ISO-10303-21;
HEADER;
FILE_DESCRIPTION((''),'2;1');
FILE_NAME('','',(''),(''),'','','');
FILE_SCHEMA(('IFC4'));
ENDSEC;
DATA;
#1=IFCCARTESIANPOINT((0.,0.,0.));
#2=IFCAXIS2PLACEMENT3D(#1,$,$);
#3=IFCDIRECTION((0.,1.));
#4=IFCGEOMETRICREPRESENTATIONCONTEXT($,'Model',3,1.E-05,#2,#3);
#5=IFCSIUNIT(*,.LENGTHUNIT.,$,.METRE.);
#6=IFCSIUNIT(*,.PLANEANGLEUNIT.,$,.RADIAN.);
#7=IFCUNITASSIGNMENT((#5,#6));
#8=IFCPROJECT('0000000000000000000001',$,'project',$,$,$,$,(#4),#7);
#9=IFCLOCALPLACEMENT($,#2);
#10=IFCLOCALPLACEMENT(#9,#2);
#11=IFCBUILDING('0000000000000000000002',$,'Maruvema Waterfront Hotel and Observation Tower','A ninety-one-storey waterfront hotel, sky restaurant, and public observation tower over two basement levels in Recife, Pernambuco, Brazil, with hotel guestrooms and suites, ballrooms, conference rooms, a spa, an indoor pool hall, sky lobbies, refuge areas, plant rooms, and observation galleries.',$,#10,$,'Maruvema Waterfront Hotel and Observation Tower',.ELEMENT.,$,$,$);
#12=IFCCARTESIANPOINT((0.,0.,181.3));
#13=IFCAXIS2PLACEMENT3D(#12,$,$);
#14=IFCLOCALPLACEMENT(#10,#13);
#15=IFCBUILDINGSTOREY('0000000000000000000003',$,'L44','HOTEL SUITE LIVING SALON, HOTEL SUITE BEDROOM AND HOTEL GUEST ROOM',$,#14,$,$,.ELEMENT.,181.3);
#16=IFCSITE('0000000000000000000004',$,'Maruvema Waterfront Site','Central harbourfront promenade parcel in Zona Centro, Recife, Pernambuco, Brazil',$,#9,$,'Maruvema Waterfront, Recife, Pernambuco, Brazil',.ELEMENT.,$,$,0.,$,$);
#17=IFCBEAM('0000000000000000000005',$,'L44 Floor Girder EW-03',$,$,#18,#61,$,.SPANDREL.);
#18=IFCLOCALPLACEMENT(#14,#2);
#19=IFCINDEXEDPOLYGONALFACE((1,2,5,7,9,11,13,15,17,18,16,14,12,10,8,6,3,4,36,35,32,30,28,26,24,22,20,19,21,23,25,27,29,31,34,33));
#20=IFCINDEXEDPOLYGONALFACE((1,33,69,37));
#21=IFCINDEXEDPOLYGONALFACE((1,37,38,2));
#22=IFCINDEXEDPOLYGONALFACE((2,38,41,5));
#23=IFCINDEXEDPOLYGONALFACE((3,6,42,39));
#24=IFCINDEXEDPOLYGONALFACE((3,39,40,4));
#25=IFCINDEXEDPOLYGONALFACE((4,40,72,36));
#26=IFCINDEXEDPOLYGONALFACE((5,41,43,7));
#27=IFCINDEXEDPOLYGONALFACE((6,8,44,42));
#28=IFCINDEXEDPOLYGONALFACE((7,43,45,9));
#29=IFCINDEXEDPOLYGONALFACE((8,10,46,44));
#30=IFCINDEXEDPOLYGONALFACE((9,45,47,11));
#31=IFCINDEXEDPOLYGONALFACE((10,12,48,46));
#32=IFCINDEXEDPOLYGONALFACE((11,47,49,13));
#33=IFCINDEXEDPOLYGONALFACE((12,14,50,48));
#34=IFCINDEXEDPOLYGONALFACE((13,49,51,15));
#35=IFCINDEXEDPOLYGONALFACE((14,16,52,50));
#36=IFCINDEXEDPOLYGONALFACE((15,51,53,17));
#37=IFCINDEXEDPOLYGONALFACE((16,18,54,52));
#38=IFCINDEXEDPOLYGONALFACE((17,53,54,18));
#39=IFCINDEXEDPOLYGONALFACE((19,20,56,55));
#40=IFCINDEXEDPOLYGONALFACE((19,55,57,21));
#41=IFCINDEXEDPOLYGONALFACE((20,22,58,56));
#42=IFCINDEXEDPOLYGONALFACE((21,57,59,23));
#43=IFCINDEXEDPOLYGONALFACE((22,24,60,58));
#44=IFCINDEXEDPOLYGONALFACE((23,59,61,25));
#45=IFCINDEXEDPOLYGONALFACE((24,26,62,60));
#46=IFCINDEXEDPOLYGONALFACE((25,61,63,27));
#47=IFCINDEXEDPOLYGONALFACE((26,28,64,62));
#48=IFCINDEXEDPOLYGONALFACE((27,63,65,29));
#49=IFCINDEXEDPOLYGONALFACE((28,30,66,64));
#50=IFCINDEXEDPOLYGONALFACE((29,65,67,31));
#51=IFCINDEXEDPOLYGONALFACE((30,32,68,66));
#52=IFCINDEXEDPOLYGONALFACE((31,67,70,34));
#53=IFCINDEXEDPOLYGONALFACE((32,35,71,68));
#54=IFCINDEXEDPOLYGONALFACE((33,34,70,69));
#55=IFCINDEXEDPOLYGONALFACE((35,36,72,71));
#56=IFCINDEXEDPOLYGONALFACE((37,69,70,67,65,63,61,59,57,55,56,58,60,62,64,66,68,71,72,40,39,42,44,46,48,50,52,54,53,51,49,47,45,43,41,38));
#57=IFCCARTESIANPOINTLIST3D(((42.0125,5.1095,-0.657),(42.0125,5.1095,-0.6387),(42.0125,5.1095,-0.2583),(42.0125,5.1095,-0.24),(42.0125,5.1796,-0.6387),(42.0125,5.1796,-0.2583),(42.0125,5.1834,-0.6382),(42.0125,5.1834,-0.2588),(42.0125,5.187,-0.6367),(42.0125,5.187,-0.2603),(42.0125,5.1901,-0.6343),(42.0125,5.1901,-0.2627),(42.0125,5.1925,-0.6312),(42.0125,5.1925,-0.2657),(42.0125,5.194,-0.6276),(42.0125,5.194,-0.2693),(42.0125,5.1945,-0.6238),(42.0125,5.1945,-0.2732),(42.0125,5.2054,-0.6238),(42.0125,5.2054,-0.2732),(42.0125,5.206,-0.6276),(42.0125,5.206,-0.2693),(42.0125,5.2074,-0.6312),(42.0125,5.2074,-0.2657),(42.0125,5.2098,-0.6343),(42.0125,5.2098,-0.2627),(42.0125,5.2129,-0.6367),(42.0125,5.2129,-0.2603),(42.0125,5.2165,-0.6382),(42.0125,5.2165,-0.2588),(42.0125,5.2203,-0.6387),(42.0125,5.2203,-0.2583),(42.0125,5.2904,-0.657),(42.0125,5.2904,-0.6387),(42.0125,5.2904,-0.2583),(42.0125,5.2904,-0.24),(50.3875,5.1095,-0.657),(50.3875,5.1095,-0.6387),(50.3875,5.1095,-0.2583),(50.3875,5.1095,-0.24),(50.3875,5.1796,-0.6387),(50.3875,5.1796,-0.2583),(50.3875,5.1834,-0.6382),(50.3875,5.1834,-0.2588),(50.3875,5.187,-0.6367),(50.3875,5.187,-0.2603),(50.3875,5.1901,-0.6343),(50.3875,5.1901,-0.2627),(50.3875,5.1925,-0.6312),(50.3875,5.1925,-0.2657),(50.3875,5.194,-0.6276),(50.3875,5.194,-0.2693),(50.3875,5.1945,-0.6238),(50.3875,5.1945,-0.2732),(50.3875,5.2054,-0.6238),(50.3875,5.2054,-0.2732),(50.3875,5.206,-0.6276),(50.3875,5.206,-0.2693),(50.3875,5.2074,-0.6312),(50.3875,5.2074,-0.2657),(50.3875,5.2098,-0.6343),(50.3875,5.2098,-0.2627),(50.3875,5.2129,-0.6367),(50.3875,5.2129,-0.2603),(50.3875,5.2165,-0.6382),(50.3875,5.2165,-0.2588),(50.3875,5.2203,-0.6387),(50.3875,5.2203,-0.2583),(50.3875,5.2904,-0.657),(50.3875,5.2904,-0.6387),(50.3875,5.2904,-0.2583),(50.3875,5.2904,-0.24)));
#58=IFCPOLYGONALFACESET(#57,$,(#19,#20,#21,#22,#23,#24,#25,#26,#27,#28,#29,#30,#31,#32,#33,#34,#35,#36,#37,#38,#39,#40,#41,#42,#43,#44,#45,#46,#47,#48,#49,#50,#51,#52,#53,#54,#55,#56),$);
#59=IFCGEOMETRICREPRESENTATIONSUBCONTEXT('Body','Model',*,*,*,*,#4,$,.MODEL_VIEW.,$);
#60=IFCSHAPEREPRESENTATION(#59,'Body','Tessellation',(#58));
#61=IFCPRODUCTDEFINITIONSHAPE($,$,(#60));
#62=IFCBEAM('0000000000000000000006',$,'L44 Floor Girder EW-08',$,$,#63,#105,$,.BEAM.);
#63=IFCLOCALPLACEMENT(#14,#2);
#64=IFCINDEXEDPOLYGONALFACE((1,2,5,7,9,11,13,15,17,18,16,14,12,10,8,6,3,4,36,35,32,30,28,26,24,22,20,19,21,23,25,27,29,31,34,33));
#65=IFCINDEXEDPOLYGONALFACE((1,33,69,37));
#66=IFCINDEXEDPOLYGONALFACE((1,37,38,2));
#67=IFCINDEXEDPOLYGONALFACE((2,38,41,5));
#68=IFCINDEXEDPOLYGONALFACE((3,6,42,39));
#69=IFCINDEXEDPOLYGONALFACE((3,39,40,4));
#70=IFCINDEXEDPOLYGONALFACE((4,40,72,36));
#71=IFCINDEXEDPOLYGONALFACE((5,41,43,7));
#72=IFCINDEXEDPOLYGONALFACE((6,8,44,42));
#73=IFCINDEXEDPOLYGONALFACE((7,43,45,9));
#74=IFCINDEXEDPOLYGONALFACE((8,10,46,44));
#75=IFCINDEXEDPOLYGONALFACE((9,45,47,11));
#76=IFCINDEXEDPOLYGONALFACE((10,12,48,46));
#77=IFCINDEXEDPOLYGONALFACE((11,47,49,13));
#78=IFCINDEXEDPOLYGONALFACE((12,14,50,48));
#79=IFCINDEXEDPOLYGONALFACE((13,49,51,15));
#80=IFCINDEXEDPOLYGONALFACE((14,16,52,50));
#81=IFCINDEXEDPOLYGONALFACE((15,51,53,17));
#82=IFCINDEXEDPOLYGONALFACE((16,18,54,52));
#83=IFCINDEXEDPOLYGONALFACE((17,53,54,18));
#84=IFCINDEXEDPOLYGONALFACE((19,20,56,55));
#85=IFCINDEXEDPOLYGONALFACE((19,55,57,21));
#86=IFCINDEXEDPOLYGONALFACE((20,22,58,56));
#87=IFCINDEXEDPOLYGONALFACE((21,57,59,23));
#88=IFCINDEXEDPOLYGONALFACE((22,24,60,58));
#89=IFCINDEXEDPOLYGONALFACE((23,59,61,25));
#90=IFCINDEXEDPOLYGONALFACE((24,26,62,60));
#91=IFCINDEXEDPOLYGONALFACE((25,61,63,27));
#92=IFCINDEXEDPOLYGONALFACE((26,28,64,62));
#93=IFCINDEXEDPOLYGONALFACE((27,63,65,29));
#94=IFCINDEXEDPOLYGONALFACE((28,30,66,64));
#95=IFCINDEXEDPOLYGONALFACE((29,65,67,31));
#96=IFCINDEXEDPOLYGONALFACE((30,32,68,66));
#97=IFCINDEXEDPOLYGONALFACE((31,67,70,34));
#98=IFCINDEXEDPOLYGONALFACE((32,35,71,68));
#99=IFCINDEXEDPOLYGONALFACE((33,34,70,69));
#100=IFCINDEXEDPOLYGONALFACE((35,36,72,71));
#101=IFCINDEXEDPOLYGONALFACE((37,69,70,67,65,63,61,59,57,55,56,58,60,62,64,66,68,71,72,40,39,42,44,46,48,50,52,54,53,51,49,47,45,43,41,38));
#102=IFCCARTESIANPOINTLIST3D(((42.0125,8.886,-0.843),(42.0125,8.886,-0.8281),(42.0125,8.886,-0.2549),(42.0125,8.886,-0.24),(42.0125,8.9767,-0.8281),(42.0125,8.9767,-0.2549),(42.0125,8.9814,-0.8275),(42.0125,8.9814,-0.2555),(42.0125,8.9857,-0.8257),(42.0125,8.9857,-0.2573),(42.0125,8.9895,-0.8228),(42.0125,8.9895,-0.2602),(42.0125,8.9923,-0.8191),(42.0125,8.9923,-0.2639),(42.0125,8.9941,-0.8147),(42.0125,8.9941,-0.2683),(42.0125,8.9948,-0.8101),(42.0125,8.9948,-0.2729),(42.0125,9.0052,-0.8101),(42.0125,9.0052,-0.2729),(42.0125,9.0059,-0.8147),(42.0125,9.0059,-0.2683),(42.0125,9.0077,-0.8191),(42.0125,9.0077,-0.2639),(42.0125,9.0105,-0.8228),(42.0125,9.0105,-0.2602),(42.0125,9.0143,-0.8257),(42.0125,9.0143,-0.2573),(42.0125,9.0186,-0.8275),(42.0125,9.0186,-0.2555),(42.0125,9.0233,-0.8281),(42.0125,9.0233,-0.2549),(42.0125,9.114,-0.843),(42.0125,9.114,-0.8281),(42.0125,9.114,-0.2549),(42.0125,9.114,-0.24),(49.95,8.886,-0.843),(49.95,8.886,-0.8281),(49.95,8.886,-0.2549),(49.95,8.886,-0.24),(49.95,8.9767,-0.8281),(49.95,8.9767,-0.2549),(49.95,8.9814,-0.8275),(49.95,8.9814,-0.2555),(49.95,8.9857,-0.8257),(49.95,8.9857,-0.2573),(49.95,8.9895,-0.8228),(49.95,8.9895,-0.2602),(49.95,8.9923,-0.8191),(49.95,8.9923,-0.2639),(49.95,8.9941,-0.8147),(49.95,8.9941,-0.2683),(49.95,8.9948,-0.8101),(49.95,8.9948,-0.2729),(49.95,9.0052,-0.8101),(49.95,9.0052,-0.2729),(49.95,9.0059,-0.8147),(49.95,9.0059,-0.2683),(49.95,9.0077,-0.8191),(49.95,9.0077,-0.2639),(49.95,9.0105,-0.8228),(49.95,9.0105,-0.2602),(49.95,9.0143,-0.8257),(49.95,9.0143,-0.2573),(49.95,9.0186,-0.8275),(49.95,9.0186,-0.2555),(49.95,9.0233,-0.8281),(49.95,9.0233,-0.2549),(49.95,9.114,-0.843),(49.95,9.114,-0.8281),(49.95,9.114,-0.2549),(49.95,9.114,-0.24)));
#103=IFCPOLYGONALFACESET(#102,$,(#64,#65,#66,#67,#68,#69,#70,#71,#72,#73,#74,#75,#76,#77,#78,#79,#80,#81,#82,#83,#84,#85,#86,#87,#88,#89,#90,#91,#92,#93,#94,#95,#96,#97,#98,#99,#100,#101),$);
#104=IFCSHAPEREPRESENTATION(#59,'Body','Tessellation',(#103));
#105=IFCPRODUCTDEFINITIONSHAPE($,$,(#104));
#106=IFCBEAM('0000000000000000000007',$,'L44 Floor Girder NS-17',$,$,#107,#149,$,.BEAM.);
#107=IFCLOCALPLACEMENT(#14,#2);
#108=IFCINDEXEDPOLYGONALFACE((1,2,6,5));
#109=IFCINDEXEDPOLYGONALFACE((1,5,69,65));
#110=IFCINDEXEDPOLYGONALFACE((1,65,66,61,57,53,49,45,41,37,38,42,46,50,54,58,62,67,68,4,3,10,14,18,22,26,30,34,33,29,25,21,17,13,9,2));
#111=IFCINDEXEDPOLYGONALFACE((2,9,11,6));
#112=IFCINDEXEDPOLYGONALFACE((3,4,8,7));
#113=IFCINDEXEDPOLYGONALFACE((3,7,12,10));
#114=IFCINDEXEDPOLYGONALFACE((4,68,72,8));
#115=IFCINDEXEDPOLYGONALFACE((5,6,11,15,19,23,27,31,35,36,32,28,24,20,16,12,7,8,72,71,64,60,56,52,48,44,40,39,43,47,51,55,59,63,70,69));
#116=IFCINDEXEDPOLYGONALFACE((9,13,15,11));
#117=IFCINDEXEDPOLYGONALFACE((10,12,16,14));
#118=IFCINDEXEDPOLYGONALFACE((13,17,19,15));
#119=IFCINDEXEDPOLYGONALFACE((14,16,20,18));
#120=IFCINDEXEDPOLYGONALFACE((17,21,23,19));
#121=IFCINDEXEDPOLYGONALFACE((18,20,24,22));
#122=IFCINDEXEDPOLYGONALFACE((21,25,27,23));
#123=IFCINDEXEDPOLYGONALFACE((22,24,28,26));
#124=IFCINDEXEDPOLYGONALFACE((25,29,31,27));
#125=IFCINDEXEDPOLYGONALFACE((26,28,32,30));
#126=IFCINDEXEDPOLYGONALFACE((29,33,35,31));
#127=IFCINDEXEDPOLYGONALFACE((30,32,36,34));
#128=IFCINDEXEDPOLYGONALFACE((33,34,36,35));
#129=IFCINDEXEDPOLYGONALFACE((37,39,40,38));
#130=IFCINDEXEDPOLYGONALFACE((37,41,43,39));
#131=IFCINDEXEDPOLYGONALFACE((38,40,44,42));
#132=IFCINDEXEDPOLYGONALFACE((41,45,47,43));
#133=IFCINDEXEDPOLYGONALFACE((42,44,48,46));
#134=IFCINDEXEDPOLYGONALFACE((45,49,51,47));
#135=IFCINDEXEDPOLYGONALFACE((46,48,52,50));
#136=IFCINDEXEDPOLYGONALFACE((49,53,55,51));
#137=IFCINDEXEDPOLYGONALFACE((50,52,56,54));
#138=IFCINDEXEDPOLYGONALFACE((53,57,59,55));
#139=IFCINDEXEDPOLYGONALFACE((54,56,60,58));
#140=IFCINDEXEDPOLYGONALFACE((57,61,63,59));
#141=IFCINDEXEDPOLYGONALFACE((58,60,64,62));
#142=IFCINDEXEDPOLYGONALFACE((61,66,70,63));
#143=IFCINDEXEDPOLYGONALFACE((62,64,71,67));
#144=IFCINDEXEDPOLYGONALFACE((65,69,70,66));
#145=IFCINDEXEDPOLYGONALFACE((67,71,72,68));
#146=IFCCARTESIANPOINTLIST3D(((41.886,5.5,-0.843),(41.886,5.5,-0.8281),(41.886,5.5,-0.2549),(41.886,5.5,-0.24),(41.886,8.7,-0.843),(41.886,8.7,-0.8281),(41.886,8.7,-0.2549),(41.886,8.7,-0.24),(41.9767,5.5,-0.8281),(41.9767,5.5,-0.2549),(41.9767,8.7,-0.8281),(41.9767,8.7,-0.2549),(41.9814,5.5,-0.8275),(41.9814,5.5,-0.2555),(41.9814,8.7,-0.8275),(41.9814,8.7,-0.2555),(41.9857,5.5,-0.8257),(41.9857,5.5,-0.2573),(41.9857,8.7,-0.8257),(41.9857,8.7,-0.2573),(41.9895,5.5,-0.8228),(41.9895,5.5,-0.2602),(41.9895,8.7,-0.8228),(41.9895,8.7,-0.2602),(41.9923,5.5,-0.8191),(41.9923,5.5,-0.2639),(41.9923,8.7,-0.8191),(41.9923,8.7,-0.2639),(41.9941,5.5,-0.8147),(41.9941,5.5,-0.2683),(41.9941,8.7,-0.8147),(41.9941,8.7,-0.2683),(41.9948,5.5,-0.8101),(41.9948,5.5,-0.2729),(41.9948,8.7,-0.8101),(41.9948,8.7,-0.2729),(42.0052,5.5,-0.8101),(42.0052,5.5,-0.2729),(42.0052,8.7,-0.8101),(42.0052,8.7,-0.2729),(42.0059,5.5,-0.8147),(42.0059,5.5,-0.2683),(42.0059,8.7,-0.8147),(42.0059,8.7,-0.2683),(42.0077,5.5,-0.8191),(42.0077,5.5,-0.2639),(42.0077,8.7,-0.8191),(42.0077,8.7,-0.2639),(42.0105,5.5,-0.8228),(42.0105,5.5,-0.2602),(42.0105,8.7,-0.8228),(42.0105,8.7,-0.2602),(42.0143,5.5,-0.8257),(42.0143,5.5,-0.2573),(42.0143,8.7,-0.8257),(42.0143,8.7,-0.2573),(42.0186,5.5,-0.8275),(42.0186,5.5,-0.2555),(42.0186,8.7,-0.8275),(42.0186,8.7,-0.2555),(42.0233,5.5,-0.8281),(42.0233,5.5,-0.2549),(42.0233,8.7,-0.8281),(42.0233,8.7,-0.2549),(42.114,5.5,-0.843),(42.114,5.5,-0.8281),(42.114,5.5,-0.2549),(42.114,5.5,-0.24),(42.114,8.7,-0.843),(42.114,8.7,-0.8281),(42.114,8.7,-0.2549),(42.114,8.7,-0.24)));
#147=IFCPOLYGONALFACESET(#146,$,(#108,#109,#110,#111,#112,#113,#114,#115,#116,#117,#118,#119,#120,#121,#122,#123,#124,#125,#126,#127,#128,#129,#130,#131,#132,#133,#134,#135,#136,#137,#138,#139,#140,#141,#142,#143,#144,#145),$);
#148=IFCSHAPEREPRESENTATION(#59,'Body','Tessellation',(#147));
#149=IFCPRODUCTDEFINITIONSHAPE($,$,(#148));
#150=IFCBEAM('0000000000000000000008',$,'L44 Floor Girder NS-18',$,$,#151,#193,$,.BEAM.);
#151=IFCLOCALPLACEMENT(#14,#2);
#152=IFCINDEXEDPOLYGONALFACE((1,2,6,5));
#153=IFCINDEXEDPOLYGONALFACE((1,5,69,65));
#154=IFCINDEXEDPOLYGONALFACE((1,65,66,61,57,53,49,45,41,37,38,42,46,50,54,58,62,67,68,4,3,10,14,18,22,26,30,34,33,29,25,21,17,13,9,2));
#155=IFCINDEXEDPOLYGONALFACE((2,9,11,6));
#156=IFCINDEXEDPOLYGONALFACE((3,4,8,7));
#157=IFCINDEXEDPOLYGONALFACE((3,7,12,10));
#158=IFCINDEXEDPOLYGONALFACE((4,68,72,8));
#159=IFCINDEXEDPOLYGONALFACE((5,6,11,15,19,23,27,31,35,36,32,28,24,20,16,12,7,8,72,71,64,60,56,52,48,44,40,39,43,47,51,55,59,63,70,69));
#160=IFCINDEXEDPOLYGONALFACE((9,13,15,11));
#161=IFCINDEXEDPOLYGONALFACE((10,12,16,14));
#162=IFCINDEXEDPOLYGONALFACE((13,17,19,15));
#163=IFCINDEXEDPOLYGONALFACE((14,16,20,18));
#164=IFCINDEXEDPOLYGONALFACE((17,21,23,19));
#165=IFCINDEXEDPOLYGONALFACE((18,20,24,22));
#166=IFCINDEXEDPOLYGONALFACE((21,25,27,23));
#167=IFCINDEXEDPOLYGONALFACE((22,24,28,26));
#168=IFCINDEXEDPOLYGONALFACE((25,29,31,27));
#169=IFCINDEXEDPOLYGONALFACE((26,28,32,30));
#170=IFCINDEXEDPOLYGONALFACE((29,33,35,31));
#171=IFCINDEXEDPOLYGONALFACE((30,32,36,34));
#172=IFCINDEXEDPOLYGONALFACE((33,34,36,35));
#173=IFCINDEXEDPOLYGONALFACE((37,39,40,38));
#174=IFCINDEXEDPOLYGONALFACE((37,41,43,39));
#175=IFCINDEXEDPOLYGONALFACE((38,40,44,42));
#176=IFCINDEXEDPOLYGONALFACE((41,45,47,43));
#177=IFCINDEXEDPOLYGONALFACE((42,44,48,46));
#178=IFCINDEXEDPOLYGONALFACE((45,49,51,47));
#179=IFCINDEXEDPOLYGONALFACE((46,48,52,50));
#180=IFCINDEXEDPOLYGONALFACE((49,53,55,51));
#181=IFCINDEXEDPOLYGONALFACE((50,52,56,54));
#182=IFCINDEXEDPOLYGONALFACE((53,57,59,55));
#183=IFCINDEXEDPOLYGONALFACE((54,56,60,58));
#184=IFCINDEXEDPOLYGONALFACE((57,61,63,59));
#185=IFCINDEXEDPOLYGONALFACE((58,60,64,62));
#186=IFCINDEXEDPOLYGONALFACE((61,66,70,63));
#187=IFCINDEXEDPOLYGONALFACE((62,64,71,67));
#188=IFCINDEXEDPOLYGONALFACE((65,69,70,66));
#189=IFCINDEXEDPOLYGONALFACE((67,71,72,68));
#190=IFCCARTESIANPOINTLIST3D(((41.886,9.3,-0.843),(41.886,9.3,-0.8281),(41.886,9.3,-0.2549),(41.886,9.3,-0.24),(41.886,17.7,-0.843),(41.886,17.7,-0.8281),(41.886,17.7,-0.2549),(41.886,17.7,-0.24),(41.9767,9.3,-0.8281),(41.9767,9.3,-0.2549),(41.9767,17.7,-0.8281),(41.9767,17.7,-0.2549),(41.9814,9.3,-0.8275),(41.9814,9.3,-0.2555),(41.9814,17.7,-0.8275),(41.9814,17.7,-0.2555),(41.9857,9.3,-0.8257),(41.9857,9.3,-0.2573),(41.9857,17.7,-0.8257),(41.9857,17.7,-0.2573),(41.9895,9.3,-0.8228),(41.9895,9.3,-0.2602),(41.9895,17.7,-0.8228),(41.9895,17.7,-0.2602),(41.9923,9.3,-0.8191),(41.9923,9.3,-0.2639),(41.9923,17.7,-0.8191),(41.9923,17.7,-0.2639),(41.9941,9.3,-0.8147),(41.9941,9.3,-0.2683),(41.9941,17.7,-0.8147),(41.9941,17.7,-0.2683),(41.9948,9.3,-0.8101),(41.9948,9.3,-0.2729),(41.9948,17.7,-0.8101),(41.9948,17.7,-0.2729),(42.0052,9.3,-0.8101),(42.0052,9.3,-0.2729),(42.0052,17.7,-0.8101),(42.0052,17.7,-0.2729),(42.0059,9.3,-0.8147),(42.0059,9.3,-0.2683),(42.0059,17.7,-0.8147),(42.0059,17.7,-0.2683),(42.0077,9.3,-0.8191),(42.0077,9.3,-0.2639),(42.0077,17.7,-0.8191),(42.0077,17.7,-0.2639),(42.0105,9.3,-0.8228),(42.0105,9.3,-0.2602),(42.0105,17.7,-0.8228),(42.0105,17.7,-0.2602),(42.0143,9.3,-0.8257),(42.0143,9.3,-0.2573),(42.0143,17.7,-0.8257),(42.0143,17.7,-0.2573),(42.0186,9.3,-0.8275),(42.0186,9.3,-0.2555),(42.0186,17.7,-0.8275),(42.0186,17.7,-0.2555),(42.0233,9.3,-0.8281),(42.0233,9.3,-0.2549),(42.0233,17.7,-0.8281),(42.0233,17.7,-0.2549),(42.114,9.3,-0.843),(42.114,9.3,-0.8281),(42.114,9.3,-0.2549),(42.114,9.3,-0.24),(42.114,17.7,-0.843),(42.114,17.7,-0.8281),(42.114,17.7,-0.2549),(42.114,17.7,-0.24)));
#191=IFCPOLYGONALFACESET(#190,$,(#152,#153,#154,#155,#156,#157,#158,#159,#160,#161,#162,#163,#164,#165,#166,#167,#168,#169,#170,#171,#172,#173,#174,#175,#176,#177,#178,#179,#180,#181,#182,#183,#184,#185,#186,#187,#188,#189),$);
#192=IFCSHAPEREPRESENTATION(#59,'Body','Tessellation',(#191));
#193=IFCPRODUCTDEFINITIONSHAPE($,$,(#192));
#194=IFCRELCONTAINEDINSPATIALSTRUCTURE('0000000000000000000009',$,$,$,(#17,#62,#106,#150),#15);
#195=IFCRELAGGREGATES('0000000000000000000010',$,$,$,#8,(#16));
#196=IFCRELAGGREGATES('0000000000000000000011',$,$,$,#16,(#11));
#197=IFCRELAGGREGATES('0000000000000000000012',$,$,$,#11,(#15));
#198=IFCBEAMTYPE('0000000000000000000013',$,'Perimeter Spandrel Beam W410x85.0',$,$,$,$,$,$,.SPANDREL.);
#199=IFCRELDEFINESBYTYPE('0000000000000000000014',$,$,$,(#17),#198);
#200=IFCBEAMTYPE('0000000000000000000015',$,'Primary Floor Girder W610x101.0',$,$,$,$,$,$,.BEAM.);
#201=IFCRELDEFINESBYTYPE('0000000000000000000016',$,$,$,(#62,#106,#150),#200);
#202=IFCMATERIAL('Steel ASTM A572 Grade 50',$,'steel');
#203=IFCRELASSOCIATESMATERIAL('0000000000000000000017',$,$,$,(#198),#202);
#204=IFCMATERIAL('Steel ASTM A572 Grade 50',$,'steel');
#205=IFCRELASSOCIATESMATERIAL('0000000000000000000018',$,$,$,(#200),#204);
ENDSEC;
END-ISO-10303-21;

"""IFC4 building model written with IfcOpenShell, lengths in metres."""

from ifc_helpers import new_model, si_unit, direction, frame, origin, origin_2d, place, context, subcontext, project, spatial, i_section, extrude, material, material_profile, profile_set, type_object, element, save


model = new_model("IFC4")

# Units and contexts
model_context = context("Model", 3, precision=1e-05, world=origin(), true_north=direction((0.0, 1.0)))
body_context = subcontext(model_context, "Body", "Model", "MODEL_VIEW")
ifc_project = project(units=[si_unit("LENGTHUNIT", "METRE"), si_unit("PLANEANGLEUNIT", "RADIAN")], contexts=[model_context])

# Site, building, storey
site_placement = place(None, origin())
site = spatial("IfcSite", under=ifc_project, at=site_placement, Name="Maruvema Waterfront Site", Description="Central harbourfront promenade parcel in Zona Centro, Recife, Pernambuco, Brazil", LongName="Maruvema Waterfront, Recife, Pernambuco, Brazil", CompositionType="ELEMENT", RefElevation=0.0)
building_placement = place(site_placement, origin())
building = spatial("IfcBuilding", under=site, at=building_placement, Name="Maruvema Waterfront Hotel and Observation Tower", Description="A ninety-one-storey waterfront hotel, sky restaurant, and public observation tower over two basement levels in Recife, Pernambuco, Brazil, with hotel guestrooms and suites, ballrooms, conference rooms, a spa, an indoor pool hall, sky lobbies, refuge areas, plant rooms, and observation galleries.", LongName="Maruvema Waterfront Hotel and Observation Tower", CompositionType="ELEMENT")
storey_placement = place(building_placement, frame((0.0, 0.0, 181.3)))
storey = spatial("IfcBuildingStorey", under=building, at=storey_placement, Name="L44", Description="HOTEL SUITE LIVING SALON, HOTEL SUITE BEDROOM AND HOTEL GUEST ROOM", CompositionType="ELEMENT", Elevation=181.3)

# Beams
ifc_material_1 = material(Name="Steel ASTM A572 Grade 50", Category="steel")
ifc_material_profile_1 = material_profile(ifc_material_1, i_section(OverallWidth=0.1809, OverallDepth=0.417, WebThickness=0.011, FlangeThickness=0.0183, FilletRadius=0.0149, at=origin_2d()), Name="W410x85.0")
ifc_profile_set_1 = profile_set([ifc_material_profile_1], Name="Steel ASTM A572 Grade 50")
beam_type_1 = type_object("IfcBeamType", Name="Perimeter Spandrel Beam W410x85.0", PredefinedType="SPANDREL", material=ifc_profile_set_1)
beam_1_placement = place(storey_placement, frame((42.0125, 5.2, -0.4485), z_axis=(1.0, 0.0, 0.0), x_axis=(0.0, 1.0, 0.0)))
element("IfcBeam", 1, at=beam_1_placement, inside=storey, type_object=beam_type_1, Name="L44 Floor Girder EW-03", PredefinedType="SPANDREL", context=body_context, shape_type="SweptSolid", body=[
    extrude(i_section(OverallWidth=0.1809, OverallDepth=0.417, WebThickness=0.011, FlangeThickness=0.0183, FilletRadius=0.0149, at=origin_2d()), origin(), (0.0, 0.0, 1.0), 8.375),
])
ifc_material_2 = material(Name="Steel ASTM A572 Grade 50", Category="steel")
ifc_material_profile_2 = material_profile(ifc_material_2, i_section(OverallWidth=0.228, OverallDepth=0.603, WebThickness=0.0105, FlangeThickness=0.0149, FilletRadius=0.0181, at=origin_2d()), Name="W610x101.0")
ifc_profile_set_2 = profile_set([ifc_material_profile_2], Name="Steel ASTM A572 Grade 50")
beam_type_2 = type_object("IfcBeamType", Name="Primary Floor Girder W610x101.0", PredefinedType="BEAM", material=ifc_profile_set_2)
beam_2_placement = place(storey_placement, frame((42.0125, 9.0, -0.5415), z_axis=(1.0, 0.0, 0.0), x_axis=(0.0, 1.0, 0.0)))
element("IfcBeam", 2, at=beam_2_placement, inside=storey, type_object=beam_type_2, Name="L44 Floor Girder EW-08", PredefinedType="BEAM", context=body_context, shape_type="SweptSolid", body=[
    extrude(i_section(OverallWidth=0.228, OverallDepth=0.603, WebThickness=0.0105, FlangeThickness=0.0149, FilletRadius=0.0181, at=origin_2d()), origin(), (0.0, 0.0, 1.0), 7.9375),
])
beam_3_placement = place(storey_placement, frame((42.0, 5.5, -0.5415), z_axis=(0.0, 1.0, 0.0), x_axis=(-1.0, 0.0, 0.0)))
element("IfcBeam", 3, at=beam_3_placement, inside=storey, type_object=beam_type_2, Name="L44 Floor Girder NS-17", PredefinedType="BEAM", context=body_context, shape_type="SweptSolid", body=[
    extrude(i_section(OverallWidth=0.228, OverallDepth=0.603, WebThickness=0.0105, FlangeThickness=0.0149, FilletRadius=0.0181, at=origin_2d()), origin(), (0.0, 0.0, 1.0), 3.2),
])
beam_4_placement = place(storey_placement, frame((42.0, 9.3, -0.5415), z_axis=(0.0, 1.0, 0.0), x_axis=(-1.0, 0.0, 0.0)))
element("IfcBeam", 4, at=beam_4_placement, inside=storey, type_object=beam_type_2, Name="L44 Floor Girder NS-18", PredefinedType="BEAM", context=body_context, shape_type="SweptSolid", body=[
    extrude(i_section(OverallWidth=0.228, OverallDepth=0.603, WebThickness=0.0105, FlangeThickness=0.0149, FilletRadius=0.0181, at=origin_2d()), origin(), (0.0, 0.0, 1.0), 8.3999),
])

save(model, "model.ifc")
